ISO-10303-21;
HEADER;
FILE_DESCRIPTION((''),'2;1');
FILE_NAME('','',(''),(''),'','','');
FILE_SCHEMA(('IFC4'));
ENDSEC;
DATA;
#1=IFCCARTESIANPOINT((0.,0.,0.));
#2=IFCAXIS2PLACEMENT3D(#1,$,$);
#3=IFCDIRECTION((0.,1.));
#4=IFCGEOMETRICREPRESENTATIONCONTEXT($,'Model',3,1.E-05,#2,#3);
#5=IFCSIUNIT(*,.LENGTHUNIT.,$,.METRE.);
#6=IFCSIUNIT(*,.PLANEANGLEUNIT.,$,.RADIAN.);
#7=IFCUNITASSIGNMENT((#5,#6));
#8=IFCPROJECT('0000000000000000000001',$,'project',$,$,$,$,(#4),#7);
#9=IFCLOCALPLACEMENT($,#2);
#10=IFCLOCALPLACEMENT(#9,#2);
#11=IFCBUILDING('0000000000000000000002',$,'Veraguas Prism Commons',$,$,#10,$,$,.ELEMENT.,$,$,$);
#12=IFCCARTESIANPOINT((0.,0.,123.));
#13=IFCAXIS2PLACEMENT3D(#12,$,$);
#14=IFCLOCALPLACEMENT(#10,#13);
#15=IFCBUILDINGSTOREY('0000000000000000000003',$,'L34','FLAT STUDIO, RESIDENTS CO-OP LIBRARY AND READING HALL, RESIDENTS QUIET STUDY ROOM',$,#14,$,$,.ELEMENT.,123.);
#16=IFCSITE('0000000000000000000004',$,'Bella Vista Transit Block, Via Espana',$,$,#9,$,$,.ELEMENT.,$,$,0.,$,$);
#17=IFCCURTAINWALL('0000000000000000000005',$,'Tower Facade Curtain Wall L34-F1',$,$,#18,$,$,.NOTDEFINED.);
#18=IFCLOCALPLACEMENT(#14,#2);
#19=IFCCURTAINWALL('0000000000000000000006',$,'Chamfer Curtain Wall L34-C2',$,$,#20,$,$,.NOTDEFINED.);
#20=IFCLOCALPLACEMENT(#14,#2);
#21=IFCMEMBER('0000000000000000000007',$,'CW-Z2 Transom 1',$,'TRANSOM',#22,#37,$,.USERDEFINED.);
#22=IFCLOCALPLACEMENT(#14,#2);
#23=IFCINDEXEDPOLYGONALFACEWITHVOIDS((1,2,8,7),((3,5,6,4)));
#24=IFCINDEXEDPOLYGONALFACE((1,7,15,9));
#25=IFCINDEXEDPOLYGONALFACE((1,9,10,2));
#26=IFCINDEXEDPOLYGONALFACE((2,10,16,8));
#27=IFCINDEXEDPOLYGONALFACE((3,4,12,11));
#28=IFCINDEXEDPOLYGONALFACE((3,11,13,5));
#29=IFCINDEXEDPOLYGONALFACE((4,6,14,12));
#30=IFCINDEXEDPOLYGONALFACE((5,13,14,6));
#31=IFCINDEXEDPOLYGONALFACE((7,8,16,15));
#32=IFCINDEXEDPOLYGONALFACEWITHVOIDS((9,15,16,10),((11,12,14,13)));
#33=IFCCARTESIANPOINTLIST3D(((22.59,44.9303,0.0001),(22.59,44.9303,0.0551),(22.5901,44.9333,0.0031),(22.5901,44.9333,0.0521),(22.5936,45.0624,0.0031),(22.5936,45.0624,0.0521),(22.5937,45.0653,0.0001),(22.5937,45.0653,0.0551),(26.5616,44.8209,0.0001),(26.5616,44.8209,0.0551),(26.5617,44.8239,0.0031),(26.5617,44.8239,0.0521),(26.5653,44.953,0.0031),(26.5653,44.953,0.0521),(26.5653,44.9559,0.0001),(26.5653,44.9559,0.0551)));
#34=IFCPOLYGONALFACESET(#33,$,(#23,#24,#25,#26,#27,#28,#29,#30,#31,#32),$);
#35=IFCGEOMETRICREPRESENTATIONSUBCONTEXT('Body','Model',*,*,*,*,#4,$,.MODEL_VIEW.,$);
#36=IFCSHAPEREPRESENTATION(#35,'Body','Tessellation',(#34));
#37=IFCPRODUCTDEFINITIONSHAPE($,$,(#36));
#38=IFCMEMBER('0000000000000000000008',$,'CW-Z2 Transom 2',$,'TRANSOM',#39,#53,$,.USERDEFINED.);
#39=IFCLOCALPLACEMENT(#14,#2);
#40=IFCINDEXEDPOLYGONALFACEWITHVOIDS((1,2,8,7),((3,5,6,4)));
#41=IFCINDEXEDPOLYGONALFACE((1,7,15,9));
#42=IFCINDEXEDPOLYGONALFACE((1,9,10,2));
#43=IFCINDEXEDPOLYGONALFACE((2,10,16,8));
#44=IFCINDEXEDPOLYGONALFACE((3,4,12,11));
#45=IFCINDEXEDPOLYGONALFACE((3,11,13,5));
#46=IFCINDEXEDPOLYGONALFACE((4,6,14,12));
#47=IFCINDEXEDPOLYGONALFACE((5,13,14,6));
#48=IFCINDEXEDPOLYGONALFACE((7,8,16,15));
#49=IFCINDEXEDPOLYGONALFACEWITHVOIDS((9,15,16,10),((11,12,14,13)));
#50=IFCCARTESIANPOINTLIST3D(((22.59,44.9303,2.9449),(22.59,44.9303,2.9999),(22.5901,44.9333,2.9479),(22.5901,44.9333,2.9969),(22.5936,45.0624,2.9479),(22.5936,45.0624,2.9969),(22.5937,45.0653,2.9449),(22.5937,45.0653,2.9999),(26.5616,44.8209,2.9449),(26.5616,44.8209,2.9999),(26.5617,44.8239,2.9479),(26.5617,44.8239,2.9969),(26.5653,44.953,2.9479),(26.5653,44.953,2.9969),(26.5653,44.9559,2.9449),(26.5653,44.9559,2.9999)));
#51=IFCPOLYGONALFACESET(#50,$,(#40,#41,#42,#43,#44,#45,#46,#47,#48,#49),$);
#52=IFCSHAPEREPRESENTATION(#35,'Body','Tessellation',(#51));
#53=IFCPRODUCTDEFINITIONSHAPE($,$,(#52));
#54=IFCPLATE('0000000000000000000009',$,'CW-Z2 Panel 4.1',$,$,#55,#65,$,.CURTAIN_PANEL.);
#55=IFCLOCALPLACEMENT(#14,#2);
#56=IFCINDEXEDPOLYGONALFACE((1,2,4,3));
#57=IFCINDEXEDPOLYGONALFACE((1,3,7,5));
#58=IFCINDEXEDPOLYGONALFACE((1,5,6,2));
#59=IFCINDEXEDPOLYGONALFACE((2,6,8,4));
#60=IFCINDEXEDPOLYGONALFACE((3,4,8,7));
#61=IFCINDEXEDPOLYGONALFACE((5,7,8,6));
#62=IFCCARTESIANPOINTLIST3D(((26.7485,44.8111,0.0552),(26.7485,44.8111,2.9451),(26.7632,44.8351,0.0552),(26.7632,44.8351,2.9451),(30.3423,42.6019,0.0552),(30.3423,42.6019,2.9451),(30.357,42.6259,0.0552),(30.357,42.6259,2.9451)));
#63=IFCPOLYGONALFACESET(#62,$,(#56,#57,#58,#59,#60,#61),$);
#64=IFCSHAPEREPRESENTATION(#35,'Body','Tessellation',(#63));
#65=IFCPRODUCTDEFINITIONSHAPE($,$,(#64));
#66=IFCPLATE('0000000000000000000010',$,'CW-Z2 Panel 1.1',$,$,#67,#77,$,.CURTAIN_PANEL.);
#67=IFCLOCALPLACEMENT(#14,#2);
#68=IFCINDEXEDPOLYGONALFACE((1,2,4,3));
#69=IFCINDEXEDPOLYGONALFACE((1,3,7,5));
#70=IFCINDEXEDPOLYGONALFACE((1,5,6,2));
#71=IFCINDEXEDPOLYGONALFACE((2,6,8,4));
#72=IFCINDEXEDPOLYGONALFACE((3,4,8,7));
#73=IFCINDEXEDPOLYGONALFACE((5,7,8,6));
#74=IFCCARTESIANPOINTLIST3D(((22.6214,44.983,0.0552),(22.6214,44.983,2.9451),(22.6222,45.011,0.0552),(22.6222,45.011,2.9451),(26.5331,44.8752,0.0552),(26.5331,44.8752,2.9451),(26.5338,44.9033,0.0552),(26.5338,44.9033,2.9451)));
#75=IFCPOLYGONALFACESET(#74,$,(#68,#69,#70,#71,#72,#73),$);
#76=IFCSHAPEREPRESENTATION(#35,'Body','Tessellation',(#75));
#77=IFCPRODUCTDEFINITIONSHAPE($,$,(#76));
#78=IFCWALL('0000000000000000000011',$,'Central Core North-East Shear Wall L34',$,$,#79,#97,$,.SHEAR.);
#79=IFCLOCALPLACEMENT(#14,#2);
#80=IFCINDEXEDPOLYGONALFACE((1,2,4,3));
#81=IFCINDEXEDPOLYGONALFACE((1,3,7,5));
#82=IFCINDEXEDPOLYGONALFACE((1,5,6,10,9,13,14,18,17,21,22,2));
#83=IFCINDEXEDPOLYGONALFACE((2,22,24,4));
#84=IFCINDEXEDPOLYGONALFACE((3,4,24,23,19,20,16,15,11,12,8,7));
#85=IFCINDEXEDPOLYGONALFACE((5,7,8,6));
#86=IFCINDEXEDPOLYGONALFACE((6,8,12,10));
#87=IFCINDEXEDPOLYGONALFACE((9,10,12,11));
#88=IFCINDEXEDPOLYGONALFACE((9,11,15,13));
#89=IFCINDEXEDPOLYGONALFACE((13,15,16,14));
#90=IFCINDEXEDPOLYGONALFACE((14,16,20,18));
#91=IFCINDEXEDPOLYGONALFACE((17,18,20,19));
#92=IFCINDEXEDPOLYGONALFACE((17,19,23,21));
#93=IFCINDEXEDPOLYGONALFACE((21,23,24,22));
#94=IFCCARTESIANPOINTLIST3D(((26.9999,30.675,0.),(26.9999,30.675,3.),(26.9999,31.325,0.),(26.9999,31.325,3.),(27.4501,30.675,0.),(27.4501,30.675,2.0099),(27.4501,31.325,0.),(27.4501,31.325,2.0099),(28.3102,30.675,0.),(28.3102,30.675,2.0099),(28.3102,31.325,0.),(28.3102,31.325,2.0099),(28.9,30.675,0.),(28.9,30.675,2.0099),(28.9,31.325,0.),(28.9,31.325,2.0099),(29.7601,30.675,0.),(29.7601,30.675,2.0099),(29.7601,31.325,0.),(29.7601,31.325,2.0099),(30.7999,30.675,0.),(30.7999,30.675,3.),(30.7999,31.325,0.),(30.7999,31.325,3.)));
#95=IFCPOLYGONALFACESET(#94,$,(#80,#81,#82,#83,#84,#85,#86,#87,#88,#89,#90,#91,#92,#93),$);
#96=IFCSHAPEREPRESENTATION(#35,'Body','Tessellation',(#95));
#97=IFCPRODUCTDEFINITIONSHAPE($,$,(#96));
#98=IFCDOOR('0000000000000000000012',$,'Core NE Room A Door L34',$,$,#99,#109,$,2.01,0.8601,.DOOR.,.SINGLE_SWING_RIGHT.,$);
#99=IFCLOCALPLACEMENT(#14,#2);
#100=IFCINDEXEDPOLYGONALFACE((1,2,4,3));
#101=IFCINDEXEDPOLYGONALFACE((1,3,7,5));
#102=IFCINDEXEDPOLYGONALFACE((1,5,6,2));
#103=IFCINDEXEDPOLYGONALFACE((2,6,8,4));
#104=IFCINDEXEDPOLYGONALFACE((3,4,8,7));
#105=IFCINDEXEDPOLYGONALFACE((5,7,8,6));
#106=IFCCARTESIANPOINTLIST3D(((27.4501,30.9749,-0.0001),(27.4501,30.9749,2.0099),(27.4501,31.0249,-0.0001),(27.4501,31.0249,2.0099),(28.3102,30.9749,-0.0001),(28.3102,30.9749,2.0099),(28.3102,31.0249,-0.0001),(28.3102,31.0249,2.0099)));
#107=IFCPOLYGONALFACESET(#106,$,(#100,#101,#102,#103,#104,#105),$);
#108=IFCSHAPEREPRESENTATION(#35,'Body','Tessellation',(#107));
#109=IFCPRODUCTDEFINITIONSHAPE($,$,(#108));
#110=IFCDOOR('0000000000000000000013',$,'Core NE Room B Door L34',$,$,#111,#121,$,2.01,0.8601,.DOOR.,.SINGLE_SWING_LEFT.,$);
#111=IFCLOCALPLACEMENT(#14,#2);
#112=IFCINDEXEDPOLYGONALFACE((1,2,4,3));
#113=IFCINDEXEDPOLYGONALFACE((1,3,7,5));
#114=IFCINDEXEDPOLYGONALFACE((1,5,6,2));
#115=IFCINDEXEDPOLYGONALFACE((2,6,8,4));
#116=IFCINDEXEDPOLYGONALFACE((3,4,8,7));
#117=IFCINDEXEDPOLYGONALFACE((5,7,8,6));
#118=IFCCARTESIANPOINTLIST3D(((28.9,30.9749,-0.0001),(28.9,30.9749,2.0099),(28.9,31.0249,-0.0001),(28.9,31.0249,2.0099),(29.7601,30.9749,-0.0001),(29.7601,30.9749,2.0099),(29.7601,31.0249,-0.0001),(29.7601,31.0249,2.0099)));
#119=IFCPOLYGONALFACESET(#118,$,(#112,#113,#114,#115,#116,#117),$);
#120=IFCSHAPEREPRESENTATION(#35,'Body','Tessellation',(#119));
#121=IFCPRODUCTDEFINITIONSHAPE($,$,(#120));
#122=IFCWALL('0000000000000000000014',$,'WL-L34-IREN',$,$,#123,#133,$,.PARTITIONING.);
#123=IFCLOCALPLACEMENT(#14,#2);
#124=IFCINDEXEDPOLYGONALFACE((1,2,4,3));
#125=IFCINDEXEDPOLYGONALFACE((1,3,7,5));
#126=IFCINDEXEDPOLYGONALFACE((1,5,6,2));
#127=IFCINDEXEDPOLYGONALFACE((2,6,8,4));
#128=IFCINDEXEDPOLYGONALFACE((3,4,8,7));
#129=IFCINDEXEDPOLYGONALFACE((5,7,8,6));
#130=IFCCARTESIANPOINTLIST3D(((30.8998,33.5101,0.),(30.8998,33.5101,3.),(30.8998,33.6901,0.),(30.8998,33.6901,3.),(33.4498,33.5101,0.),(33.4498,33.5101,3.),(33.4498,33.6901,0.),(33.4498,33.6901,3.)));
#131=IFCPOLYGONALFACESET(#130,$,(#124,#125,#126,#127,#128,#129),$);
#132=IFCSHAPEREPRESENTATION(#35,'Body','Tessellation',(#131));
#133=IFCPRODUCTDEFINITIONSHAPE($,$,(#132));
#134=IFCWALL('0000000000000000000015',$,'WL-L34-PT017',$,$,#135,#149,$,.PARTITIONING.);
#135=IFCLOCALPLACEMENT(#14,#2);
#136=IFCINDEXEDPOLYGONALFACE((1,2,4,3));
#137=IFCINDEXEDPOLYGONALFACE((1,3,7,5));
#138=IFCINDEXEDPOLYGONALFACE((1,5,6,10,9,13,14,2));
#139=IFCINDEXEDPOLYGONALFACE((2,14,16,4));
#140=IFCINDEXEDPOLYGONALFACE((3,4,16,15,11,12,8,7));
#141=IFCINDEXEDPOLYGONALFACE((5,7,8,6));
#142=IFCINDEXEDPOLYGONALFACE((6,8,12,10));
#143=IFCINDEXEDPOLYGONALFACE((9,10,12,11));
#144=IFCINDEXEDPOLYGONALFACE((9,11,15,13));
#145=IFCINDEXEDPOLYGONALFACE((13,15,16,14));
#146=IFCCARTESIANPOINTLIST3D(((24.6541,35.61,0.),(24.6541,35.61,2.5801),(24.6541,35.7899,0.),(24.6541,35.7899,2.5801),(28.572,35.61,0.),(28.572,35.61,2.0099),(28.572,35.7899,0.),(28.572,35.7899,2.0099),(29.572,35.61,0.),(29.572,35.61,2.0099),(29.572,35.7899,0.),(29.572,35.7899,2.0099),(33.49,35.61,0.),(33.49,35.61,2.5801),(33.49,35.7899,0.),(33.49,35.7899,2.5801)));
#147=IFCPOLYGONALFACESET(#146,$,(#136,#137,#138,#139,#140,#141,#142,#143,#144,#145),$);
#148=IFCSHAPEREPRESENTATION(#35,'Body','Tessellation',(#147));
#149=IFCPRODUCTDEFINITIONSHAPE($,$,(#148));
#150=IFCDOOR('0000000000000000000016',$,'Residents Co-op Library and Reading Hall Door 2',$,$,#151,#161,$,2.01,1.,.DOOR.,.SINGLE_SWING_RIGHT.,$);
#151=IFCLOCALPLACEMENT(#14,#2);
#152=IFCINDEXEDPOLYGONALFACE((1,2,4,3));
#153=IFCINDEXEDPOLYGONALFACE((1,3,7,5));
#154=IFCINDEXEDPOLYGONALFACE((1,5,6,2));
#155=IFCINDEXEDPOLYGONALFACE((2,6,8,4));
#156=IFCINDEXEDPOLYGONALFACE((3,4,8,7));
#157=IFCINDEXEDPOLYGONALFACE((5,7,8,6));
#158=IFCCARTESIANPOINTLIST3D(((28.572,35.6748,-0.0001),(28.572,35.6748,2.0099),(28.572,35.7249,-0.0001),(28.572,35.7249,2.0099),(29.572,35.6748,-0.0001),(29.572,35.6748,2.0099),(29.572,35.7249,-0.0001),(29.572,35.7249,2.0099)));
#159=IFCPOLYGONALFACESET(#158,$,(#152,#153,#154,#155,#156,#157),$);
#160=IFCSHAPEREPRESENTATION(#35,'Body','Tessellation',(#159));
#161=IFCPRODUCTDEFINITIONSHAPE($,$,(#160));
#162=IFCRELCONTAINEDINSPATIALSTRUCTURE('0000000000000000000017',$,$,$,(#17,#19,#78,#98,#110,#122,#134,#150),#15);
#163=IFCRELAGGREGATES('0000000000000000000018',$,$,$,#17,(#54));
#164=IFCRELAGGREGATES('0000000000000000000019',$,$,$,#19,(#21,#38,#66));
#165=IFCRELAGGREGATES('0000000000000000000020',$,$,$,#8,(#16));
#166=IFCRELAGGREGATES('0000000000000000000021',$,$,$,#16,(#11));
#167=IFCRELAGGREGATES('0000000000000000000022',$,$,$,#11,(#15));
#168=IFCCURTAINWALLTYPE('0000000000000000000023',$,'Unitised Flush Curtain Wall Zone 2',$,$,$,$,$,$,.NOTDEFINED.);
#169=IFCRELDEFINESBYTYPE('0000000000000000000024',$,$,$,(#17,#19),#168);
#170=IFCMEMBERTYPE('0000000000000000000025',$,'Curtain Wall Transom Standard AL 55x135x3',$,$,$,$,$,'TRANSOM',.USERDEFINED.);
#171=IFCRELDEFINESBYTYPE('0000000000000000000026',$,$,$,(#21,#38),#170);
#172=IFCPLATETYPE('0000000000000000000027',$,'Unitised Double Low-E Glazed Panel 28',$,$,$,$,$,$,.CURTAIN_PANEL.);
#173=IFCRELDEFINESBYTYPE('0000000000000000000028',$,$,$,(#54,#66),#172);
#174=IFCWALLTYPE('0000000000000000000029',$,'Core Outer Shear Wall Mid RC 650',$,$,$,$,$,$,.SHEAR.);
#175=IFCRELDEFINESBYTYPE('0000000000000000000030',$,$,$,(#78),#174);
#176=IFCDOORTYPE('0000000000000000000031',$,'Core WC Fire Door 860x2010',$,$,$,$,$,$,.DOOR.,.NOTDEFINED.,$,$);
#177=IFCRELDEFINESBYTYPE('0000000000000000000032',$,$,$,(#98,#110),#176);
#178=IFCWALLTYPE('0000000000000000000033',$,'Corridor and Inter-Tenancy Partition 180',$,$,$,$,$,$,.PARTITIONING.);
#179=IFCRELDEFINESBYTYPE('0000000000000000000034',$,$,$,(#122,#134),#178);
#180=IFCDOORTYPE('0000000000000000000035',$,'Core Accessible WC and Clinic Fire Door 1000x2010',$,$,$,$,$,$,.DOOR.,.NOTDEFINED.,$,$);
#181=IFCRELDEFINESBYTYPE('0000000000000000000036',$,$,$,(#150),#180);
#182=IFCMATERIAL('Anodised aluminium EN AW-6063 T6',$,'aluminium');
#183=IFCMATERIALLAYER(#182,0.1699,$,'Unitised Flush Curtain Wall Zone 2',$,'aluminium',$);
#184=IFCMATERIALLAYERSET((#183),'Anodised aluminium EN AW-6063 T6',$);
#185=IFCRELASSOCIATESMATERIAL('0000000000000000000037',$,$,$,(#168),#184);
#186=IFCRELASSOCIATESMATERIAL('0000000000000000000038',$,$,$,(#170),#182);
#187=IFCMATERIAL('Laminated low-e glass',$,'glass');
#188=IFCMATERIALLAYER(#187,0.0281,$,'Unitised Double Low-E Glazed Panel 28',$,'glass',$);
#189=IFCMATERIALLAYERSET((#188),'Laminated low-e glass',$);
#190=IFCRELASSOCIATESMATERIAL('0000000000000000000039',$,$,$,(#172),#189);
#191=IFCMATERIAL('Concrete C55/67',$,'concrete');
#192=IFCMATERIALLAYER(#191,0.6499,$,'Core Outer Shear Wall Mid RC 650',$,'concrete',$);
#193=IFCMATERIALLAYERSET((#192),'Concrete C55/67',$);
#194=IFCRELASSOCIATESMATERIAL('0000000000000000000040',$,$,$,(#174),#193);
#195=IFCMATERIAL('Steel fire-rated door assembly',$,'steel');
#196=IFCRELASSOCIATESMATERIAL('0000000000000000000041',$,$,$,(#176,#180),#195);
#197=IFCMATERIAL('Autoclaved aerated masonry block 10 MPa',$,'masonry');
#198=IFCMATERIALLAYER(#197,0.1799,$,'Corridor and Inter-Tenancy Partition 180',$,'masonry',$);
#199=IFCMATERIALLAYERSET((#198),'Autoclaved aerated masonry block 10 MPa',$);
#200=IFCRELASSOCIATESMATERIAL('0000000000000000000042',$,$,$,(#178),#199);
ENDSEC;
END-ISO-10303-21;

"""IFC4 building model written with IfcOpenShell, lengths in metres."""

from ifc_helpers import new_model, si_unit, direction, frame, frame_2d, origin, origin_2d, place, context, subcontext, project, spatial, rectangle, hollow_rectangle, extrude, source, transform, mapped, material, layer, layer_set, material_profile, profile_set, type_object, element, fill, aggregate, save


model = new_model("IFC4")

# Units and contexts
model_context = context("Model", 3, precision=1e-05, world=origin(), true_north=direction((0.0, 1.0)))
body_context = subcontext(model_context, "Body", "Model", "MODEL_VIEW")
ifc_project = project(units=[si_unit("LENGTHUNIT", "METRE"), si_unit("PLANEANGLEUNIT", "RADIAN")], contexts=[model_context])

# Site, building, storey
site_placement = place(None, origin())
site = spatial("IfcSite", under=ifc_project, at=site_placement, Name="Bella Vista Transit Block, Via Espana", CompositionType="ELEMENT", RefElevation=0.0)
building_placement = place(site_placement, origin())
building = spatial("IfcBuilding", under=site, at=building_placement, Name="Veraguas Prism Commons", CompositionType="ELEMENT")
storey_placement = place(building_placement, frame((0.0, 0.0, 123.0)))
storey = spatial("IfcBuildingStorey", under=building, at=storey_placement, Name="L34", Description="FLAT STUDIO, RESIDENTS CO-OP LIBRARY AND READING HALL, RESIDENTS QUIET STUDY ROOM", CompositionType="ELEMENT", Elevation=123.0)

# Curtain walls, members
ifc_material_1 = material(Name="Anodised aluminium EN AW-6063 T6", Category="aluminium")
ifc_layer_1 = layer(ifc_material_1, 0.1699, Name="Unitised Flush Curtain Wall Zone 2", Category="aluminium")
ifc_layer_set_1 = layer_set([ifc_layer_1], Name="Anodised aluminium EN AW-6063 T6")
curtain_wall_type = type_object("IfcCurtainWallType", Name="Unitised Flush Curtain Wall Zone 2", PredefinedType="NOTDEFINED", material=ifc_layer_set_1)
curtain_wall_1_placement = place(storey_placement, origin())
curtain_wall_1 = element("IfcCurtainWall", 1, at=curtain_wall_1_placement, inside=storey, type_object=curtain_wall_type, Name="Tower Facade Curtain Wall L34-F1", PredefinedType="NOTDEFINED")
curtain_wall_2_placement = place(storey_placement, origin())
curtain_wall_2 = element("IfcCurtainWall", 2, at=curtain_wall_2_placement, inside=storey, type_object=curtain_wall_type, Name="Chamfer Curtain Wall L34-C2", PredefinedType="NOTDEFINED")
ifc_material_profile_1 = material_profile(ifc_material_1, hollow_rectangle(XDim=0.0549, YDim=0.135, WallThickness=0.0029, at=origin_2d()), Name="AL55X135X3")
ifc_profile_set_1 = profile_set([ifc_material_profile_1], Name="Anodised aluminium EN AW-6063 T6")
member_type_1 = type_object("IfcMemberType", Name="Curtain Wall Transom Standard AL 55x135x3", ElementType="TRANSOM", PredefinedType="USERDEFINED", material=ifc_profile_set_1)
shared_shape_1 = source(origin(), body_context, "Body", "SweptSolid", [
    extrude(hollow_rectangle(XDim=0.0549, YDim=0.135, WallThickness=0.0029, at=origin_2d()), origin(), (0.0, 0.0, 1.0), 3.9731),
])
member_1_placement = place(storey_placement, frame((26.5635, 44.8884, 0.0276), z_axis=(-0.999621, 0.027528, 0.0), x_axis=(0.0, 0.0, 1.0)))
member_1 = element("IfcMember", 3, at=member_1_placement, type_object=member_type_1, Name="CW-Z2 Transom 1", ObjectType="TRANSOM", PredefinedType="USERDEFINED", context=body_context, shape_type="MappedRepresentation", body=[
    mapped(shared_shape_1, transform((0.0, 0.0, 0.0), scale=1.0)),
])
member_2_placement = place(storey_placement, frame((26.5635, 44.8884, 2.9724), z_axis=(-0.999621, 0.027528, 0.0), x_axis=(0.0, 0.0, 1.0)))
member_2 = element("IfcMember", 4, at=member_2_placement, type_object=member_type_1, Name="CW-Z2 Transom 2", ObjectType="TRANSOM", PredefinedType="USERDEFINED", context=body_context, shape_type="MappedRepresentation", body=[
    mapped(shared_shape_1, transform((0.0, 0.0, 0.0), scale=1.0)),
])

# Plates
ifc_material_2 = material(Name="Laminated low-e glass", Category="glass")
ifc_layer_2 = layer(ifc_material_2, 0.0281, Name="Unitised Double Low-E Glazed Panel 28", Category="glass")
ifc_layer_set_2 = layer_set([ifc_layer_2], Name="Laminated low-e glass")
plate_type = type_object("IfcPlateType", Name="Unitised Double Low-E Glazed Panel 28", PredefinedType="CURTAIN_PANEL", material=ifc_layer_set_2)
shared_shape_2 = source(origin(), body_context, "Body", "SweptSolid", [
    extrude(rectangle(XDim=4.2185, YDim=0.0281, at=origin_2d()), origin(), (0.0, 0.0, 1.0), 2.8899),
])
plate_1_placement = place(storey_placement, frame((28.5527, 43.7185, 0.0552), z_axis=(0.0, 0.0, 1.0), x_axis=(-0.851908, 0.523692, 0.0)))
plate_1 = element("IfcPlate", 5, at=plate_1_placement, type_object=plate_type, Name="CW-Z2 Panel 4.1", PredefinedType="CURTAIN_PANEL", context=body_context, shape_type="MappedRepresentation", body=[
    mapped(shared_shape_2, transform((0.0, 0.0, 0.0), scale=1.0)),
])
aggregate(curtain_wall_1, [plate_1])
shared_shape_3 = source(origin(), body_context, "Body", "SweptSolid", [
    extrude(rectangle(XDim=3.9131, YDim=0.0281, at=origin_2d()), origin(), (0.0, 0.0, 1.0), 2.8899),
])
plate_2_placement = place(storey_placement, frame((24.5776, 44.9431, 0.0552), z_axis=(0.0, 0.0, 1.0), x_axis=(-0.999621, 0.027547, 0.0)))
plate_2 = element("IfcPlate", 6, at=plate_2_placement, type_object=plate_type, Name="CW-Z2 Panel 1.1", PredefinedType="CURTAIN_PANEL", context=body_context, shape_type="MappedRepresentation", body=[
    mapped(shared_shape_3, transform((0.0, 0.0, 0.0), scale=1.0)),
])
aggregate(curtain_wall_2, [member_1, member_2, plate_2])

# Wall, openings, doors
ifc_material_3 = material(Name="Concrete C55/67", Category="concrete")
ifc_layer_3 = layer(ifc_material_3, 0.6499, Name="Core Outer Shear Wall Mid RC 650", Category="concrete")
ifc_layer_set_3 = layer_set([ifc_layer_3], Name="Concrete C55/67")
wall_type_1 = type_object("IfcWallType", Name="Core Outer Shear Wall Mid RC 650", PredefinedType="SHEAR", material=ifc_layer_set_3)
wall_1_placement = place(storey_placement, frame((27.0, 31.0, 0.0), z_axis=(0.0, 0.0, 1.0), x_axis=(1.0, 0.0, 0.0)))
wall_1 = element("IfcWall", 7, at=wall_1_placement, inside=storey, type_object=wall_type_1, Name="Central Core North-East Shear Wall L34", PredefinedType="SHEAR", context=body_context, shape_type="SweptSolid", body=[
    extrude(rectangle(XDim=3.8, YDim=0.6499, at=frame_2d((1.8999, 0.0))), origin(), (0.0, 0.0, 1.0), 3.0),
])
opening_1_placement = place(wall_1_placement, frame((0.45, 0.0, 0.0)))
opening_1 = element("IfcOpeningElement", 8, at=opening_1_placement, cuts=wall_1, PredefinedType="OPENING", context=body_context, shape_type="SweptSolid", body=[
    extrude(rectangle(XDim=0.8601, YDim=2.01, at=frame_2d((0.4302, 1.0049))), frame((0.0, 0.335, 0.0), z_axis=(0.0, -1.0, 0.0), x_axis=(1.0, 0.0, 0.0)), (0.0, 0.0, 1.0), 0.6699),
])
opening_2_placement = place(wall_1_placement, frame((1.8999, 0.0, 0.0)))
opening_2 = element("IfcOpeningElement", 9, at=opening_2_placement, cuts=wall_1, PredefinedType="OPENING", context=body_context, shape_type="SweptSolid", body=[
    extrude(rectangle(XDim=0.8601, YDim=2.01, at=frame_2d((0.4302, 1.0049))), frame((0.0, 0.335, 0.0), z_axis=(0.0, -1.0, 0.0), x_axis=(1.0, 0.0, 0.0)), (0.0, 0.0, 1.0), 0.6699),
])
ifc_material_4 = material(Name="Steel fire-rated door assembly", Category="steel")
door_type_1 = type_object("IfcDoorType", Name="Core WC Fire Door 860x2010", OperationType="NOTDEFINED", PredefinedType="DOOR", material=ifc_material_4)
shared_shape_4 = source(origin(), body_context, "Body", "SweptSolid", [
    extrude(rectangle(XDim=0.8601, YDim=2.01, at=frame_2d((0.4302, 1.0049))), frame((0.0, 0.0249, 0.0), z_axis=(0.0, -1.0, 0.0), x_axis=(1.0, 0.0, 0.0)), (0.0, 0.0, 1.0), 0.05),
])
door_1_placement = place(opening_1_placement, origin())
door_1 = element("IfcDoor", 10, at=door_1_placement, inside=storey, type_object=door_type_1, Name="Core NE Room A Door L34", OperationType="SINGLE_SWING_RIGHT", OverallHeight=2.01, OverallWidth=0.8601, PredefinedType="DOOR", context=body_context, shape_type="MappedRepresentation", body=[
    mapped(shared_shape_4, transform((0.0, 0.0, 0.0), scale=1.0)),
])
fill(opening_1, door_1)
door_2_placement = place(opening_2_placement, origin())
door_2 = element("IfcDoor", 11, at=door_2_placement, inside=storey, type_object=door_type_1, Name="Core NE Room B Door L34", OperationType="SINGLE_SWING_LEFT", OverallHeight=2.01, OverallWidth=0.8601, PredefinedType="DOOR", context=body_context, shape_type="MappedRepresentation", body=[
    mapped(shared_shape_4, transform((0.0, 0.0, 0.0), scale=1.0)),
])
fill(opening_2, door_2)

# Wall
ifc_material_5 = material(Name="Autoclaved aerated masonry block 10 MPa", Category="masonry")
ifc_layer_4 = layer(ifc_material_5, 0.1799, Name="Corridor and Inter-Tenancy Partition 180", Category="masonry")
ifc_layer_set_4 = layer_set([ifc_layer_4], Name="Autoclaved aerated masonry block 10 MPa")
wall_type_2 = type_object("IfcWallType", Name="Corridor and Inter-Tenancy Partition 180", PredefinedType="PARTITIONING", material=ifc_layer_set_4)
wall_2_placement = place(storey_placement, frame((30.8999, 33.6001, 0.0), z_axis=(0.0, 0.0, 1.0), x_axis=(1.0, 0.0, 0.0)))
element("IfcWall", 12, at=wall_2_placement, inside=storey, type_object=wall_type_2, Name="WL-L34-IREN", PredefinedType="PARTITIONING", context=body_context, shape_type="SweptSolid", body=[
    extrude(rectangle(XDim=2.55, YDim=0.1799, at=frame_2d((1.2749, 0.0))), origin(), (0.0, 0.0, 1.0), 3.0),
])

# Wall, opening, door
wall_3_placement = place(storey_placement, frame((24.6541, 35.7, 0.0), z_axis=(0.0, 0.0, 1.0), x_axis=(1.0, 0.0, 0.0)))
wall_3 = element("IfcWall", 13, at=wall_3_placement, inside=storey, type_object=wall_type_2, Name="WL-L34-PT017", PredefinedType="PARTITIONING", context=body_context, shape_type="SweptSolid", body=[
    extrude(rectangle(XDim=8.8359, YDim=0.1799, at=frame_2d((4.418, 0.0))), origin(), (0.0, 0.0, 1.0), 2.5801),
])
opening_3_placement = place(wall_3_placement, frame((3.918, 0.0, 0.0)))
opening_3 = element("IfcOpeningElement", 14, at=opening_3_placement, cuts=wall_3, PredefinedType="OPENING", context=body_context, shape_type="SweptSolid", body=[
    extrude(rectangle(XDim=1.0, YDim=2.01, at=frame_2d((0.5, 1.0049))), frame((0.0, 0.0999, 0.0), z_axis=(0.0, -1.0, 0.0), x_axis=(1.0, 0.0, 0.0)), (0.0, 0.0, 1.0), 0.2),
])
door_type_2 = type_object("IfcDoorType", Name="Core Accessible WC and Clinic Fire Door 1000x2010", OperationType="NOTDEFINED", PredefinedType="DOOR", material=ifc_material_4)
shared_shape_5 = source(origin(), body_context, "Body", "SweptSolid", [
    extrude(rectangle(XDim=1.0, YDim=2.01, at=frame_2d((0.5, 1.0049))), frame((0.0, 0.0249, 0.0), z_axis=(0.0, -1.0, 0.0), x_axis=(1.0, 0.0, 0.0)), (0.0, 0.0, 1.0), 0.05),
])
door_3_placement = place(opening_3_placement, origin())
door_3 = element("IfcDoor", 15, at=door_3_placement, inside=storey, type_object=door_type_2, Name="Residents Co-op Library and Reading Hall Door 2", OperationType="SINGLE_SWING_RIGHT", OverallHeight=2.01, OverallWidth=1.0, PredefinedType="DOOR", context=body_context, shape_type="MappedRepresentation", body=[
    mapped(shared_shape_5, transform((0.0, 0.0, 0.0), scale=1.0)),
])
fill(opening_3, door_3)

save(model, "model.ifc")
